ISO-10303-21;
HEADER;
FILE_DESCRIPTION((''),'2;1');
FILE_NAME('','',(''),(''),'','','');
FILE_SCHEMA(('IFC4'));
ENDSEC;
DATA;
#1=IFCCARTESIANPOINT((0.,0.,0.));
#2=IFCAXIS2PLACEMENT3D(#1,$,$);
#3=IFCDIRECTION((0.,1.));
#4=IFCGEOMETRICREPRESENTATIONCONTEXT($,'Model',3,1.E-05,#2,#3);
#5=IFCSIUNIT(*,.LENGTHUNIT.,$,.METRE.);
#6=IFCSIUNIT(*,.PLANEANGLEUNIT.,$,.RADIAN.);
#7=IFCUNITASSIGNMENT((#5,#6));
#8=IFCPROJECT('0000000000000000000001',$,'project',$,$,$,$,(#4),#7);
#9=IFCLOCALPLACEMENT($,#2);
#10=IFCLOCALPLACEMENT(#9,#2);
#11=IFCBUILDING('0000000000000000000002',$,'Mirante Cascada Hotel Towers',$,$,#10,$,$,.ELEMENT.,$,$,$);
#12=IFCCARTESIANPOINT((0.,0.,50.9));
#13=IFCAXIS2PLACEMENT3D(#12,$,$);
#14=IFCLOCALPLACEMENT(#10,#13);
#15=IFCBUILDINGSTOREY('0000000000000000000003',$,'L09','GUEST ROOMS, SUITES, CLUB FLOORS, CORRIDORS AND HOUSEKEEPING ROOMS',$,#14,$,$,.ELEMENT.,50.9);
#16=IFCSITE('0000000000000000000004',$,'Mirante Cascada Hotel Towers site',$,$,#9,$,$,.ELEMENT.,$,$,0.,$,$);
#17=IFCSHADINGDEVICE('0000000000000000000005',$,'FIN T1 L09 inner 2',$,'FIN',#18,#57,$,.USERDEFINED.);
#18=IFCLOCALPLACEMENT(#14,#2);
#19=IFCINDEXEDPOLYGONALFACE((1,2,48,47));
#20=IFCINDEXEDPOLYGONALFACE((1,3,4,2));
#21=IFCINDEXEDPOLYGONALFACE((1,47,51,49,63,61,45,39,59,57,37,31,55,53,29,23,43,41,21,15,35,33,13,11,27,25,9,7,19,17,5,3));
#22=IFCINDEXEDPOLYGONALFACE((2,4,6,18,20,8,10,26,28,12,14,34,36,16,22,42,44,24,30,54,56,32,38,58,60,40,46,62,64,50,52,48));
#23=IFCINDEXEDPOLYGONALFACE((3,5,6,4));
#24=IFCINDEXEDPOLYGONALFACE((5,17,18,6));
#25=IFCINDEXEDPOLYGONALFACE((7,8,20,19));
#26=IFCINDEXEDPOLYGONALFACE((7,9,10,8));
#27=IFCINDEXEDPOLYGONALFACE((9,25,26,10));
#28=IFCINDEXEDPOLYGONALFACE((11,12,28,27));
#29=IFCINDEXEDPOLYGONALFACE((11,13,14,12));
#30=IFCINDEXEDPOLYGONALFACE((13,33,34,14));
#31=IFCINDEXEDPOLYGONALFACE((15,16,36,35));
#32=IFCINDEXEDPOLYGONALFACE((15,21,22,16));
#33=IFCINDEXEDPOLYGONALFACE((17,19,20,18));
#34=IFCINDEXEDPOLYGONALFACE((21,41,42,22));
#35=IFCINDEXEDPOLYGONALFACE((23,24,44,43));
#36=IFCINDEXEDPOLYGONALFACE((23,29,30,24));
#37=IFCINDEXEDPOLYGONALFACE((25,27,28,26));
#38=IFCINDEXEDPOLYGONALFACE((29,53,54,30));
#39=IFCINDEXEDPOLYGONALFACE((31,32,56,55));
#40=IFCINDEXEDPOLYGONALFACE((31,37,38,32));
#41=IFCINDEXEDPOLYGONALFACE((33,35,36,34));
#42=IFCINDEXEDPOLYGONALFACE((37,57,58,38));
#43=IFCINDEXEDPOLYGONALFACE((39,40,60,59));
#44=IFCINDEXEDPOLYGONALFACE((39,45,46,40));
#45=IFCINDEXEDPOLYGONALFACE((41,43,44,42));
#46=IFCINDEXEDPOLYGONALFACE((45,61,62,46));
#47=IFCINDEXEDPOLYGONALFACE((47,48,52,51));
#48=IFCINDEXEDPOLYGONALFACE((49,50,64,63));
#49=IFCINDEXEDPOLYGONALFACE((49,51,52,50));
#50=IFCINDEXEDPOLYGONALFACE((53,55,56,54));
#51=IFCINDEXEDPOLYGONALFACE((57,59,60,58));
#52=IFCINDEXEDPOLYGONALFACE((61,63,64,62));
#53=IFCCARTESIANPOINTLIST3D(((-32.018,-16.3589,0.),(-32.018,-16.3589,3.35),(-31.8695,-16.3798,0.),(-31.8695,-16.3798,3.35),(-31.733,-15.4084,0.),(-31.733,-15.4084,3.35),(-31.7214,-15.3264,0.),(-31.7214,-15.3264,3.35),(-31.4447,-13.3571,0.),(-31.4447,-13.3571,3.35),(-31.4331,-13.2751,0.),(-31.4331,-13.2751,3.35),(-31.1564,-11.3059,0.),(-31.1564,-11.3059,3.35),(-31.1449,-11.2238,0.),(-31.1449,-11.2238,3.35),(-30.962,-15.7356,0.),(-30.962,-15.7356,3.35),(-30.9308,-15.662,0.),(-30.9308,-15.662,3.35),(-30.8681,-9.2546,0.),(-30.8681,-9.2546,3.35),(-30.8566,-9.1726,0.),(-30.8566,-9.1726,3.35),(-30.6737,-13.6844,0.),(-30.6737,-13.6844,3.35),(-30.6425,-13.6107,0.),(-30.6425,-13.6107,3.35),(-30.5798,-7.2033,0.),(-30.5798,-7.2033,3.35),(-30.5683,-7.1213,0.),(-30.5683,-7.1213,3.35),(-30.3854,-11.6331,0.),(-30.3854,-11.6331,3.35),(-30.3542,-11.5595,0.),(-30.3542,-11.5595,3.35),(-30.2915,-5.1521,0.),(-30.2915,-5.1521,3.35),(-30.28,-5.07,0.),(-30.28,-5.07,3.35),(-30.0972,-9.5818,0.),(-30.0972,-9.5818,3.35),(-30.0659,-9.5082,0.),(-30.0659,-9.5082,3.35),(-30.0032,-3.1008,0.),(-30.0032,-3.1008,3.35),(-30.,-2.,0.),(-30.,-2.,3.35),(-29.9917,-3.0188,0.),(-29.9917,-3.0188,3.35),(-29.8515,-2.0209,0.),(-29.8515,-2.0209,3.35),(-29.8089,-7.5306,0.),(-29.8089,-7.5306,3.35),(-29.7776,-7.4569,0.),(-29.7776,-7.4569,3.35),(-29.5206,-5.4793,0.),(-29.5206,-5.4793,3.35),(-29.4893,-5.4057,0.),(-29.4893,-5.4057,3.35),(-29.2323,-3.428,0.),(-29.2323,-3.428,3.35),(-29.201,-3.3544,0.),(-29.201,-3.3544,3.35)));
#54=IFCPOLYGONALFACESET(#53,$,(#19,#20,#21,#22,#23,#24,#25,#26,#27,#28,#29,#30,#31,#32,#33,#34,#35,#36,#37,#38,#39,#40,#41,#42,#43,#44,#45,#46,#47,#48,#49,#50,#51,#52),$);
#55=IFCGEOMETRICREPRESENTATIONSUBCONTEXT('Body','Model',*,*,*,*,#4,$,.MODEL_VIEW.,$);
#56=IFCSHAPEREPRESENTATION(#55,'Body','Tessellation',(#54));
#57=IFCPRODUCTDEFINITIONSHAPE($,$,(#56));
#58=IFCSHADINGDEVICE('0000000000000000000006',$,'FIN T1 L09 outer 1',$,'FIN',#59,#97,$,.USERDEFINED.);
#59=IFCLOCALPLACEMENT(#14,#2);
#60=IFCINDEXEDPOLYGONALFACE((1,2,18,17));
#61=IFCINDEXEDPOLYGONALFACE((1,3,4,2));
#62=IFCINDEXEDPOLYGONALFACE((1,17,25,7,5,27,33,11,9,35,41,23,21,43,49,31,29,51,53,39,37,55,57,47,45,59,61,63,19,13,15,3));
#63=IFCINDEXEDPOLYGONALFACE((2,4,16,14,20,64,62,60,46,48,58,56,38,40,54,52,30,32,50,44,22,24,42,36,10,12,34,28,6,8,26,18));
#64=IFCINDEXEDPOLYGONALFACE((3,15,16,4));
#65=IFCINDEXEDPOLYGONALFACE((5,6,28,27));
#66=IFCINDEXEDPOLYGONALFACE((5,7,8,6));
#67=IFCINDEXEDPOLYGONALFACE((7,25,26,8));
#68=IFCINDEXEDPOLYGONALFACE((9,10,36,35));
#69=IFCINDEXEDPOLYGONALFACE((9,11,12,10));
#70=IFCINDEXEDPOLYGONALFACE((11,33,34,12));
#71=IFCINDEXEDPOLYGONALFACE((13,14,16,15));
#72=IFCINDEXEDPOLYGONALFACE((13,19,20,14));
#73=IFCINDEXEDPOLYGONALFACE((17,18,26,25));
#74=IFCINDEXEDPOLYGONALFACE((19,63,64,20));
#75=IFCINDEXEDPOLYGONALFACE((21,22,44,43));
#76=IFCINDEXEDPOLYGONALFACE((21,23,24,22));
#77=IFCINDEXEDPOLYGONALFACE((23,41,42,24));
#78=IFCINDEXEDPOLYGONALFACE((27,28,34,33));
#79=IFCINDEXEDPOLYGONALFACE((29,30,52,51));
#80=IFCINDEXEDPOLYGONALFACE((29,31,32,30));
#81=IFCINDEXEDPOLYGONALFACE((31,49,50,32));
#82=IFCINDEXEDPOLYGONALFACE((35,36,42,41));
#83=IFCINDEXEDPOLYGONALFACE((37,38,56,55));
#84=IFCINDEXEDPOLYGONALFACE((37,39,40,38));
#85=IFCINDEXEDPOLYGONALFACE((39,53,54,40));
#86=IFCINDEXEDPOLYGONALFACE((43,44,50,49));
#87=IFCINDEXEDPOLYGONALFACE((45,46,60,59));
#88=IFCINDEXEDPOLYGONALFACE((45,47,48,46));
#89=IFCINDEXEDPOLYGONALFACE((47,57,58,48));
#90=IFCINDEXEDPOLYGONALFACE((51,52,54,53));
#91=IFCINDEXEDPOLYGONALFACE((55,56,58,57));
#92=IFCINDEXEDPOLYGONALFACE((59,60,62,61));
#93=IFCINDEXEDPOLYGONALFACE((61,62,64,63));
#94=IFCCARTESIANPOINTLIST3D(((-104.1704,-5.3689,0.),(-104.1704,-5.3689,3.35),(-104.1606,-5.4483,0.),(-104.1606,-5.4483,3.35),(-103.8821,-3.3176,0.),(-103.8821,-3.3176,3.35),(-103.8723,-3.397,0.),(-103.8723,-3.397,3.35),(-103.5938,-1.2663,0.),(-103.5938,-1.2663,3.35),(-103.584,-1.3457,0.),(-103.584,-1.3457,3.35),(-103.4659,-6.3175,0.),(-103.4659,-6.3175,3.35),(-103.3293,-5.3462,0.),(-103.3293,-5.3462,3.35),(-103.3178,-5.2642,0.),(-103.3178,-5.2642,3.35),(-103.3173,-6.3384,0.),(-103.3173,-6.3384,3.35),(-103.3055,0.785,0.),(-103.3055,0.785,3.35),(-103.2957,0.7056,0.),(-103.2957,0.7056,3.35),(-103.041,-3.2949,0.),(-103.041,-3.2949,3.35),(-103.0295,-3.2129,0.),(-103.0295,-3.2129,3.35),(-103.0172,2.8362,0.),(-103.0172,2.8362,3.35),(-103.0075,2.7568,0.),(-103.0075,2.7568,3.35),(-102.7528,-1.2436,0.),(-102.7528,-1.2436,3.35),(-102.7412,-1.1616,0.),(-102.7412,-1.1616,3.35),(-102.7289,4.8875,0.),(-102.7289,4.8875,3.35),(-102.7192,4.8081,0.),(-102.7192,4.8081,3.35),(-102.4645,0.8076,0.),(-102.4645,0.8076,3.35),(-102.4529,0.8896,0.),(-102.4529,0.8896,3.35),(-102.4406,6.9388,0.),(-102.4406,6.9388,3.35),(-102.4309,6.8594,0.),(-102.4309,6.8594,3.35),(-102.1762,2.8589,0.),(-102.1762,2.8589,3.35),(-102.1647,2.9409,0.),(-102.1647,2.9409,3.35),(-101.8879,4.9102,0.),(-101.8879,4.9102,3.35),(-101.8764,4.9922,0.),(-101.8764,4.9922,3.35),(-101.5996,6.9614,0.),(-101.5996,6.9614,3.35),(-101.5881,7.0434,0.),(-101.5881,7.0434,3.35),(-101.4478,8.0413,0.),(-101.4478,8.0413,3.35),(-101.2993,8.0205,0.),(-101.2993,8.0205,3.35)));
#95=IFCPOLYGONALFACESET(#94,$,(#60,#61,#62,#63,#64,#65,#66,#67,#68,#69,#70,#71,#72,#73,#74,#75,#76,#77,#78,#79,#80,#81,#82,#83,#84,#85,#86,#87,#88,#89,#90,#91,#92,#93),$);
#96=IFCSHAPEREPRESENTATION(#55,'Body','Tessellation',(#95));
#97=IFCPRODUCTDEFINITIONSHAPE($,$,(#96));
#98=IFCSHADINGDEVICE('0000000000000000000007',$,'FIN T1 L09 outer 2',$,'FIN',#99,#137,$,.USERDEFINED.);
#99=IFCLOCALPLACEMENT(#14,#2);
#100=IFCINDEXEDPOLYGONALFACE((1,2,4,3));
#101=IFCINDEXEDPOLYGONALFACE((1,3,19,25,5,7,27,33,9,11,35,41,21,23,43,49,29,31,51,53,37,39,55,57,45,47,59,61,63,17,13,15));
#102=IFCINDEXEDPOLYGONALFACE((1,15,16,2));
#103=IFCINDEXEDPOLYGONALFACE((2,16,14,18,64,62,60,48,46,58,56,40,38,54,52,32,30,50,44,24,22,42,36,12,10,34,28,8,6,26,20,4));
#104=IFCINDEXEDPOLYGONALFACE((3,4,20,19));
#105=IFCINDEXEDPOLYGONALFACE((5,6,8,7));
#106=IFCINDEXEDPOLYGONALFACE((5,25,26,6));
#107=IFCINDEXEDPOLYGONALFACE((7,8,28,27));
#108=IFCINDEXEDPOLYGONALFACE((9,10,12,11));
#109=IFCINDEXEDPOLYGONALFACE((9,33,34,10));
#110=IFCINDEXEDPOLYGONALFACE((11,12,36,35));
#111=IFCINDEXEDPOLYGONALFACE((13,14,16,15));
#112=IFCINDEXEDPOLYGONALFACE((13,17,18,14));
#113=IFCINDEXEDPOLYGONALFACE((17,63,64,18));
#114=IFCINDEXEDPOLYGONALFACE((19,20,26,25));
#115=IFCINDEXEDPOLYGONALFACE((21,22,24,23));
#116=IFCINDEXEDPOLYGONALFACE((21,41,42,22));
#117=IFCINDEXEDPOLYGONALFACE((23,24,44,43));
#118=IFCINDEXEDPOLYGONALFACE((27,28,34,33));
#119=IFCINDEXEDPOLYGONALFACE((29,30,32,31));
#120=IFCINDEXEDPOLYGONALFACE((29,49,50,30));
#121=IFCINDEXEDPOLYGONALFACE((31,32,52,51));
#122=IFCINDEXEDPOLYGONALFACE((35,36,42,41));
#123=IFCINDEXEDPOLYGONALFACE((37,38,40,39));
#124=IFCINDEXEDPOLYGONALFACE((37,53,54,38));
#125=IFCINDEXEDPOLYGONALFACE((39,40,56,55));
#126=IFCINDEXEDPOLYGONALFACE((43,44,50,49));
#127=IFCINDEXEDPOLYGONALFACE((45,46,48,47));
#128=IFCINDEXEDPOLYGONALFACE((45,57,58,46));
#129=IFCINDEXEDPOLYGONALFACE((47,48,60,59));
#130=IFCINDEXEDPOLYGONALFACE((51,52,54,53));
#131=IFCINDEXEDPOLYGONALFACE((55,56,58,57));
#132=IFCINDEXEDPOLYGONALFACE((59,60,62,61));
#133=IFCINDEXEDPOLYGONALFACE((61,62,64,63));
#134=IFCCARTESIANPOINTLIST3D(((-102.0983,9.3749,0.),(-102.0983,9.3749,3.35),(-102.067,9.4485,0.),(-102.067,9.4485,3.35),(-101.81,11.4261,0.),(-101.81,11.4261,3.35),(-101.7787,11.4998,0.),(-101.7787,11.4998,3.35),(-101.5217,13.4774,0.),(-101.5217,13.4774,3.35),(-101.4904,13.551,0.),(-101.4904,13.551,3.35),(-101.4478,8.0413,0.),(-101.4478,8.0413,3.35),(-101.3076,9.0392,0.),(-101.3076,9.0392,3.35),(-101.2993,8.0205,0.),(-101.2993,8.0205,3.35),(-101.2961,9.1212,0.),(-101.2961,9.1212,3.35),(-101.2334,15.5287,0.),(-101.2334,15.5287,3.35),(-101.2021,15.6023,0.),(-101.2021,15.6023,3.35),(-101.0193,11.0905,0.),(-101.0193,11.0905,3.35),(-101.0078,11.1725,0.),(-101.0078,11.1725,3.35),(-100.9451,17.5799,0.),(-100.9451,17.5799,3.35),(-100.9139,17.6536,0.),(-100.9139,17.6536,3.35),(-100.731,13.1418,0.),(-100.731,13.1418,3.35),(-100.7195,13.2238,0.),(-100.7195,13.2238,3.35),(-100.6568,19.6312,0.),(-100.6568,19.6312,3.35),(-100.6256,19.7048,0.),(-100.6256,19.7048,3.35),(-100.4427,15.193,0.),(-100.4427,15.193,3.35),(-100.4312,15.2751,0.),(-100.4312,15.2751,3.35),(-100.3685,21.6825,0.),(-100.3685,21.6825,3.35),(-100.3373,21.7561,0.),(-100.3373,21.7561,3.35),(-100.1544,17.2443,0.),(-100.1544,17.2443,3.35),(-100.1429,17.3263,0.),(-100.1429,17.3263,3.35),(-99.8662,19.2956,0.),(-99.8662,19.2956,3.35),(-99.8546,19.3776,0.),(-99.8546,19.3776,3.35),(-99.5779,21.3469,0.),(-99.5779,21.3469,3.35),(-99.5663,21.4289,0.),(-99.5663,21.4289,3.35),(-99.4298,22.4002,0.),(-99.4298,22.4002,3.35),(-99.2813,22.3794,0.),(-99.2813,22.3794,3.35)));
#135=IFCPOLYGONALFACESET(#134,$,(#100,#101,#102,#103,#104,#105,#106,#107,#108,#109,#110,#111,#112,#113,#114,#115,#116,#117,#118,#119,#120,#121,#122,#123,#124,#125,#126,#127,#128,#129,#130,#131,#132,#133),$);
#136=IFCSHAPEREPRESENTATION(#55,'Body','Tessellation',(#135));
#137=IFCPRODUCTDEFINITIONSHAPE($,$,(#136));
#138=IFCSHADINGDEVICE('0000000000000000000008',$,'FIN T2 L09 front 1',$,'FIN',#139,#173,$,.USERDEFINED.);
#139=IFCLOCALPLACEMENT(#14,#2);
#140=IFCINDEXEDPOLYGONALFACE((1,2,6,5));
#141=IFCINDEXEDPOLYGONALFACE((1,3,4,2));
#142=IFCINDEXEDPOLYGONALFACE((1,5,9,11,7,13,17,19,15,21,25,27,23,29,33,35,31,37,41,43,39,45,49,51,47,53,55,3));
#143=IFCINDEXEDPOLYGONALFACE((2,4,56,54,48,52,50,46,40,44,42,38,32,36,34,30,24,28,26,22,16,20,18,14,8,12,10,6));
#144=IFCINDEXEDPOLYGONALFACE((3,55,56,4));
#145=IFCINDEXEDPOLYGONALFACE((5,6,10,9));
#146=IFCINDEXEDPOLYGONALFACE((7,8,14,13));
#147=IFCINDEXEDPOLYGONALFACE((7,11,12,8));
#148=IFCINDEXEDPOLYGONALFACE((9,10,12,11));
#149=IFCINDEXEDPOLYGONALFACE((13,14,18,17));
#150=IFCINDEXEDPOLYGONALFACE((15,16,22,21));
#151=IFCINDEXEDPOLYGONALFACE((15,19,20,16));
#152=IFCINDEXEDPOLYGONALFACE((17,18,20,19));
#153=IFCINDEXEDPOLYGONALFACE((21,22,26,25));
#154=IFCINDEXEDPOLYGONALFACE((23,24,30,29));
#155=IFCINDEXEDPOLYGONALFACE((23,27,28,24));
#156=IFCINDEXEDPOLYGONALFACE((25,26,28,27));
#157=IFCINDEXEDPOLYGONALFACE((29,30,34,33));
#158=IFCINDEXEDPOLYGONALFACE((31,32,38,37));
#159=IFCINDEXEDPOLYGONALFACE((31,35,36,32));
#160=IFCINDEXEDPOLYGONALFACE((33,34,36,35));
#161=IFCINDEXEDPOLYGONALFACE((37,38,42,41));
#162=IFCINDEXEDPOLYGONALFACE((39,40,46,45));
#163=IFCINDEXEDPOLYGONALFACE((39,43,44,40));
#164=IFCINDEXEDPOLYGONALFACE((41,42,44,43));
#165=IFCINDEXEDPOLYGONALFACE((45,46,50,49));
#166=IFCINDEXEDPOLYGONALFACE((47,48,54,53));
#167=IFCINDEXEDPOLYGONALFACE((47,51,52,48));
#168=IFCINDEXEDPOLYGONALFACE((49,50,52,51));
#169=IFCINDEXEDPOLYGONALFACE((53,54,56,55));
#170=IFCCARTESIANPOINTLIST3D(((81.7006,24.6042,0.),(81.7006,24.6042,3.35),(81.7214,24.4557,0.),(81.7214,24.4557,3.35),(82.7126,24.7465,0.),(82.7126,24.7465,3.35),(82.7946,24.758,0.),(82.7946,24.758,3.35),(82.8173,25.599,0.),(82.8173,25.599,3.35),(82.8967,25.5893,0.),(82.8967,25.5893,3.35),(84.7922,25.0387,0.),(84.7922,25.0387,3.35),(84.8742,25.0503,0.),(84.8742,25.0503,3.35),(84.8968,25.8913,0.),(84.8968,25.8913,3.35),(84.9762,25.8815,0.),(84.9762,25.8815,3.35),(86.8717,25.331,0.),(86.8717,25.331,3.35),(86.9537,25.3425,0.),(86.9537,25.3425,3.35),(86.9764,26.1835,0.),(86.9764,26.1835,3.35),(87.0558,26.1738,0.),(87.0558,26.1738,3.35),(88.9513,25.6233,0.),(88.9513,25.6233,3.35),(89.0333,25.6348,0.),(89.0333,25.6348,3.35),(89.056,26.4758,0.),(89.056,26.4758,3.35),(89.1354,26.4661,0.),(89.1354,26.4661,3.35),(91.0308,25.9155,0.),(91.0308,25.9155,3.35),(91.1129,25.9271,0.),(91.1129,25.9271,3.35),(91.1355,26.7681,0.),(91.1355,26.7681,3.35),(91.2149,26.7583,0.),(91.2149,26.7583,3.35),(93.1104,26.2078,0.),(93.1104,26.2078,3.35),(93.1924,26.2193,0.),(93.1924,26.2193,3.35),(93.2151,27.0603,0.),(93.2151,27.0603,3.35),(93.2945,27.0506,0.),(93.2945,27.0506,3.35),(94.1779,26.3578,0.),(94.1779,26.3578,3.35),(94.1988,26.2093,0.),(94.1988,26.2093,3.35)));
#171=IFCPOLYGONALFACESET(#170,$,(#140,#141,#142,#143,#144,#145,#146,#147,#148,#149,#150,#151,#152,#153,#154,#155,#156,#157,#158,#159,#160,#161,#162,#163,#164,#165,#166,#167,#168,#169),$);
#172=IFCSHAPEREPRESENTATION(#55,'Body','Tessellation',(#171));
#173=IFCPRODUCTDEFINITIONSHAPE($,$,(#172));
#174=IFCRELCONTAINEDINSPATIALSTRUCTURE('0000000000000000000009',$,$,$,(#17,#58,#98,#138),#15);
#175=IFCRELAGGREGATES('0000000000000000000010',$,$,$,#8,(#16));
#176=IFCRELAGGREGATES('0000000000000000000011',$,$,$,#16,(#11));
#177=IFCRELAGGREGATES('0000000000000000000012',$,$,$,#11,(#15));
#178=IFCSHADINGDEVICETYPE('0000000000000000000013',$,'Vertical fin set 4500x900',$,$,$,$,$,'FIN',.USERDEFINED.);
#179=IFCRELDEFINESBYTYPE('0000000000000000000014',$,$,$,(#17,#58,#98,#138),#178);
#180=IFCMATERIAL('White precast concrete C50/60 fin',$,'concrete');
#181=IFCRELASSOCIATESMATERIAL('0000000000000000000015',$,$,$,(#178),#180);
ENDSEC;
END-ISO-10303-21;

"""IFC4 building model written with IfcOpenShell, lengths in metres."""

from ifc_helpers import new_model, si_unit, direction, frame, origin, place, context, subcontext, project, spatial, polyline, outline, extrude, material, type_object, element, save


model = new_model("IFC4")

# Units and contexts
model_context = context("Model", 3, precision=1e-05, world=origin(), true_north=direction((0.0, 1.0)))
body_context = subcontext(model_context, "Body", "Model", "MODEL_VIEW")
ifc_project = project(units=[si_unit("LENGTHUNIT", "METRE"), si_unit("PLANEANGLEUNIT", "RADIAN")], contexts=[model_context])

# Site, building, storey
site_placement = place(None, origin())
site = spatial("IfcSite", under=ifc_project, at=site_placement, Name="Mirante Cascada Hotel Towers site", CompositionType="ELEMENT", RefElevation=0.0)
building_placement = place(site_placement, origin())
building = spatial("IfcBuilding", under=site, at=building_placement, Name="Mirante Cascada Hotel Towers", CompositionType="ELEMENT")
storey_placement = place(building_placement, frame((0.0, 0.0, 50.9)))
storey = spatial("IfcBuildingStorey", under=building, at=storey_placement, Name="L09", Description="GUEST ROOMS, SUITES, CLUB FLOORS, CORRIDORS AND HOUSEKEEPING ROOMS", CompositionType="ELEMENT", Elevation=50.9)

# Shading devices
ifc_material_1 = material(Name="White precast concrete C50/60 fin", Category="concrete")
shading_device_type = type_object("IfcShadingDeviceType", Name="Vertical fin set 4500x900", ElementType="FIN", PredefinedType="USERDEFINED", material=ifc_material_1)
shading_device_1_placement = place(storey_placement, origin())
element("IfcShadingDevice", 1, at=shading_device_1_placement, inside=storey, type_object=shading_device_type, Name="FIN T1 L09 inner 2", ObjectType="FIN", PredefinedType="USERDEFINED", context=body_context, shape_type="SweptSolid", body=[
    extrude(outline(polyline([(-31.733, -15.4084), (-31.8695, -16.3798), (-32.018, -16.3589), (-30.0, -2.0), (-29.8515, -2.0209), (-29.9917, -3.0188), (-29.201, -3.3544), (-29.2323, -3.428), (-30.0032, -3.1008), (-30.28, -5.07), (-29.4893, -5.4057), (-29.5206, -5.4793), (-30.2915, -5.1521), (-30.5683, -7.1213), (-29.7776, -7.4569), (-29.8089, -7.5306), (-30.5798, -7.2033), (-30.8566, -9.1726), (-30.0659, -9.5082), (-30.0972, -9.5818), (-30.8681, -9.2546), (-31.1449, -11.2238), (-30.3542, -11.5595), (-30.3854, -11.6331), (-31.1564, -11.3059), (-31.4331, -13.2751), (-30.6425, -13.6107), (-30.6737, -13.6844), (-31.4447, -13.3571), (-31.7214, -15.3264), (-30.9308, -15.662), (-30.962, -15.7356), (-31.733, -15.4084)])), origin(), (0.0, 0.0, 1.0), 3.35),
])
shading_device_2_placement = place(storey_placement, origin())
element("IfcShadingDevice", 2, at=shading_device_2_placement, inside=storey, type_object=shading_device_type, Name="FIN T1 L09 outer 1", ObjectType="FIN", PredefinedType="USERDEFINED", context=body_context, shape_type="SweptSolid", body=[
    extrude(outline(polyline([(-103.3178, -5.2642), (-103.041, -3.2949), (-103.8723, -3.397), (-103.8821, -3.3176), (-103.0295, -3.2129), (-102.7528, -1.2436), (-103.584, -1.3457), (-103.5938, -1.2663), (-102.7412, -1.1616), (-102.4645, 0.8076), (-103.2957, 0.7056), (-103.3055, 0.785), (-102.4529, 0.8896), (-102.1762, 2.8589), (-103.0075, 2.7568), (-103.0172, 2.8362), (-102.1647, 2.9409), (-101.8879, 4.9102), (-102.7192, 4.8081), (-102.7289, 4.8875), (-101.8764, 4.9922), (-101.5996, 6.9614), (-102.4309, 6.8594), (-102.4406, 6.9388), (-101.5881, 7.0434), (-101.4478, 8.0413), (-101.2993, 8.0205), (-103.3173, -6.3384), (-103.4659, -6.3175), (-103.3293, -5.3462), (-104.1606, -5.4483), (-104.1704, -5.3689), (-103.3178, -5.2642)])), origin(), (0.0, 0.0, 1.0), 3.35),
])
shading_device_3_placement = place(storey_placement, origin())
element("IfcShadingDevice", 3, at=shading_device_3_placement, inside=storey, type_object=shading_device_type, Name="FIN T1 L09 outer 2", ObjectType="FIN", PredefinedType="USERDEFINED", context=body_context, shape_type="SweptSolid", body=[
    extrude(outline(polyline([(-101.2961, 9.1212), (-101.0193, 11.0905), (-101.81, 11.4261), (-101.7787, 11.4998), (-101.0078, 11.1725), (-100.731, 13.1418), (-101.5217, 13.4774), (-101.4904, 13.551), (-100.7195, 13.2238), (-100.4427, 15.193), (-101.2334, 15.5287), (-101.2021, 15.6023), (-100.4312, 15.2751), (-100.1544, 17.2443), (-100.9451, 17.5799), (-100.9139, 17.6536), (-100.1429, 17.3263), (-99.8662, 19.2956), (-100.6568, 19.6312), (-100.6256, 19.7048), (-99.8546, 19.3776), (-99.5779, 21.3469), (-100.3685, 21.6825), (-100.3373, 21.7561), (-99.5663, 21.4289), (-99.4298, 22.4002), (-99.2813, 22.3794), (-101.2993, 8.0205), (-101.4478, 8.0413), (-101.3076, 9.0392), (-102.0983, 9.3749), (-102.067, 9.4485), (-101.2961, 9.1212)])), origin(), (0.0, 0.0, 1.0), 3.35),
])
shading_device_4_placement = place(storey_placement, origin())
element("IfcShadingDevice", 4, at=shading_device_4_placement, inside=storey, type_object=shading_device_type, Name="FIN T2 L09 front 1", ObjectType="FIN", PredefinedType="USERDEFINED", context=body_context, shape_type="SweptSolid", body=[
    extrude(outline(polyline([(82.8967, 25.5893), (82.7946, 24.758), (84.7922, 25.0387), (84.8968, 25.8913), (84.9762, 25.8815), (84.8742, 25.0503), (86.8717, 25.331), (86.9764, 26.1835), (87.0558, 26.1738), (86.9537, 25.3425), (88.9513, 25.6233), (89.056, 26.4758), (89.1354, 26.4661), (89.0333, 25.6348), (91.0308, 25.9155), (91.1355, 26.7681), (91.2149, 26.7583), (91.1129, 25.9271), (93.1104, 26.2078), (93.2151, 27.0603), (93.2945, 27.0506), (93.1924, 26.2193), (94.1779, 26.3578), (94.1988, 26.2093), (81.7214, 24.4557), (81.7006, 24.6042), (82.7126, 24.7465), (82.8173, 25.599), (82.8967, 25.5893)])), origin(), (0.0, 0.0, 1.0), 3.35),
])

save(model, "model.ifc")
